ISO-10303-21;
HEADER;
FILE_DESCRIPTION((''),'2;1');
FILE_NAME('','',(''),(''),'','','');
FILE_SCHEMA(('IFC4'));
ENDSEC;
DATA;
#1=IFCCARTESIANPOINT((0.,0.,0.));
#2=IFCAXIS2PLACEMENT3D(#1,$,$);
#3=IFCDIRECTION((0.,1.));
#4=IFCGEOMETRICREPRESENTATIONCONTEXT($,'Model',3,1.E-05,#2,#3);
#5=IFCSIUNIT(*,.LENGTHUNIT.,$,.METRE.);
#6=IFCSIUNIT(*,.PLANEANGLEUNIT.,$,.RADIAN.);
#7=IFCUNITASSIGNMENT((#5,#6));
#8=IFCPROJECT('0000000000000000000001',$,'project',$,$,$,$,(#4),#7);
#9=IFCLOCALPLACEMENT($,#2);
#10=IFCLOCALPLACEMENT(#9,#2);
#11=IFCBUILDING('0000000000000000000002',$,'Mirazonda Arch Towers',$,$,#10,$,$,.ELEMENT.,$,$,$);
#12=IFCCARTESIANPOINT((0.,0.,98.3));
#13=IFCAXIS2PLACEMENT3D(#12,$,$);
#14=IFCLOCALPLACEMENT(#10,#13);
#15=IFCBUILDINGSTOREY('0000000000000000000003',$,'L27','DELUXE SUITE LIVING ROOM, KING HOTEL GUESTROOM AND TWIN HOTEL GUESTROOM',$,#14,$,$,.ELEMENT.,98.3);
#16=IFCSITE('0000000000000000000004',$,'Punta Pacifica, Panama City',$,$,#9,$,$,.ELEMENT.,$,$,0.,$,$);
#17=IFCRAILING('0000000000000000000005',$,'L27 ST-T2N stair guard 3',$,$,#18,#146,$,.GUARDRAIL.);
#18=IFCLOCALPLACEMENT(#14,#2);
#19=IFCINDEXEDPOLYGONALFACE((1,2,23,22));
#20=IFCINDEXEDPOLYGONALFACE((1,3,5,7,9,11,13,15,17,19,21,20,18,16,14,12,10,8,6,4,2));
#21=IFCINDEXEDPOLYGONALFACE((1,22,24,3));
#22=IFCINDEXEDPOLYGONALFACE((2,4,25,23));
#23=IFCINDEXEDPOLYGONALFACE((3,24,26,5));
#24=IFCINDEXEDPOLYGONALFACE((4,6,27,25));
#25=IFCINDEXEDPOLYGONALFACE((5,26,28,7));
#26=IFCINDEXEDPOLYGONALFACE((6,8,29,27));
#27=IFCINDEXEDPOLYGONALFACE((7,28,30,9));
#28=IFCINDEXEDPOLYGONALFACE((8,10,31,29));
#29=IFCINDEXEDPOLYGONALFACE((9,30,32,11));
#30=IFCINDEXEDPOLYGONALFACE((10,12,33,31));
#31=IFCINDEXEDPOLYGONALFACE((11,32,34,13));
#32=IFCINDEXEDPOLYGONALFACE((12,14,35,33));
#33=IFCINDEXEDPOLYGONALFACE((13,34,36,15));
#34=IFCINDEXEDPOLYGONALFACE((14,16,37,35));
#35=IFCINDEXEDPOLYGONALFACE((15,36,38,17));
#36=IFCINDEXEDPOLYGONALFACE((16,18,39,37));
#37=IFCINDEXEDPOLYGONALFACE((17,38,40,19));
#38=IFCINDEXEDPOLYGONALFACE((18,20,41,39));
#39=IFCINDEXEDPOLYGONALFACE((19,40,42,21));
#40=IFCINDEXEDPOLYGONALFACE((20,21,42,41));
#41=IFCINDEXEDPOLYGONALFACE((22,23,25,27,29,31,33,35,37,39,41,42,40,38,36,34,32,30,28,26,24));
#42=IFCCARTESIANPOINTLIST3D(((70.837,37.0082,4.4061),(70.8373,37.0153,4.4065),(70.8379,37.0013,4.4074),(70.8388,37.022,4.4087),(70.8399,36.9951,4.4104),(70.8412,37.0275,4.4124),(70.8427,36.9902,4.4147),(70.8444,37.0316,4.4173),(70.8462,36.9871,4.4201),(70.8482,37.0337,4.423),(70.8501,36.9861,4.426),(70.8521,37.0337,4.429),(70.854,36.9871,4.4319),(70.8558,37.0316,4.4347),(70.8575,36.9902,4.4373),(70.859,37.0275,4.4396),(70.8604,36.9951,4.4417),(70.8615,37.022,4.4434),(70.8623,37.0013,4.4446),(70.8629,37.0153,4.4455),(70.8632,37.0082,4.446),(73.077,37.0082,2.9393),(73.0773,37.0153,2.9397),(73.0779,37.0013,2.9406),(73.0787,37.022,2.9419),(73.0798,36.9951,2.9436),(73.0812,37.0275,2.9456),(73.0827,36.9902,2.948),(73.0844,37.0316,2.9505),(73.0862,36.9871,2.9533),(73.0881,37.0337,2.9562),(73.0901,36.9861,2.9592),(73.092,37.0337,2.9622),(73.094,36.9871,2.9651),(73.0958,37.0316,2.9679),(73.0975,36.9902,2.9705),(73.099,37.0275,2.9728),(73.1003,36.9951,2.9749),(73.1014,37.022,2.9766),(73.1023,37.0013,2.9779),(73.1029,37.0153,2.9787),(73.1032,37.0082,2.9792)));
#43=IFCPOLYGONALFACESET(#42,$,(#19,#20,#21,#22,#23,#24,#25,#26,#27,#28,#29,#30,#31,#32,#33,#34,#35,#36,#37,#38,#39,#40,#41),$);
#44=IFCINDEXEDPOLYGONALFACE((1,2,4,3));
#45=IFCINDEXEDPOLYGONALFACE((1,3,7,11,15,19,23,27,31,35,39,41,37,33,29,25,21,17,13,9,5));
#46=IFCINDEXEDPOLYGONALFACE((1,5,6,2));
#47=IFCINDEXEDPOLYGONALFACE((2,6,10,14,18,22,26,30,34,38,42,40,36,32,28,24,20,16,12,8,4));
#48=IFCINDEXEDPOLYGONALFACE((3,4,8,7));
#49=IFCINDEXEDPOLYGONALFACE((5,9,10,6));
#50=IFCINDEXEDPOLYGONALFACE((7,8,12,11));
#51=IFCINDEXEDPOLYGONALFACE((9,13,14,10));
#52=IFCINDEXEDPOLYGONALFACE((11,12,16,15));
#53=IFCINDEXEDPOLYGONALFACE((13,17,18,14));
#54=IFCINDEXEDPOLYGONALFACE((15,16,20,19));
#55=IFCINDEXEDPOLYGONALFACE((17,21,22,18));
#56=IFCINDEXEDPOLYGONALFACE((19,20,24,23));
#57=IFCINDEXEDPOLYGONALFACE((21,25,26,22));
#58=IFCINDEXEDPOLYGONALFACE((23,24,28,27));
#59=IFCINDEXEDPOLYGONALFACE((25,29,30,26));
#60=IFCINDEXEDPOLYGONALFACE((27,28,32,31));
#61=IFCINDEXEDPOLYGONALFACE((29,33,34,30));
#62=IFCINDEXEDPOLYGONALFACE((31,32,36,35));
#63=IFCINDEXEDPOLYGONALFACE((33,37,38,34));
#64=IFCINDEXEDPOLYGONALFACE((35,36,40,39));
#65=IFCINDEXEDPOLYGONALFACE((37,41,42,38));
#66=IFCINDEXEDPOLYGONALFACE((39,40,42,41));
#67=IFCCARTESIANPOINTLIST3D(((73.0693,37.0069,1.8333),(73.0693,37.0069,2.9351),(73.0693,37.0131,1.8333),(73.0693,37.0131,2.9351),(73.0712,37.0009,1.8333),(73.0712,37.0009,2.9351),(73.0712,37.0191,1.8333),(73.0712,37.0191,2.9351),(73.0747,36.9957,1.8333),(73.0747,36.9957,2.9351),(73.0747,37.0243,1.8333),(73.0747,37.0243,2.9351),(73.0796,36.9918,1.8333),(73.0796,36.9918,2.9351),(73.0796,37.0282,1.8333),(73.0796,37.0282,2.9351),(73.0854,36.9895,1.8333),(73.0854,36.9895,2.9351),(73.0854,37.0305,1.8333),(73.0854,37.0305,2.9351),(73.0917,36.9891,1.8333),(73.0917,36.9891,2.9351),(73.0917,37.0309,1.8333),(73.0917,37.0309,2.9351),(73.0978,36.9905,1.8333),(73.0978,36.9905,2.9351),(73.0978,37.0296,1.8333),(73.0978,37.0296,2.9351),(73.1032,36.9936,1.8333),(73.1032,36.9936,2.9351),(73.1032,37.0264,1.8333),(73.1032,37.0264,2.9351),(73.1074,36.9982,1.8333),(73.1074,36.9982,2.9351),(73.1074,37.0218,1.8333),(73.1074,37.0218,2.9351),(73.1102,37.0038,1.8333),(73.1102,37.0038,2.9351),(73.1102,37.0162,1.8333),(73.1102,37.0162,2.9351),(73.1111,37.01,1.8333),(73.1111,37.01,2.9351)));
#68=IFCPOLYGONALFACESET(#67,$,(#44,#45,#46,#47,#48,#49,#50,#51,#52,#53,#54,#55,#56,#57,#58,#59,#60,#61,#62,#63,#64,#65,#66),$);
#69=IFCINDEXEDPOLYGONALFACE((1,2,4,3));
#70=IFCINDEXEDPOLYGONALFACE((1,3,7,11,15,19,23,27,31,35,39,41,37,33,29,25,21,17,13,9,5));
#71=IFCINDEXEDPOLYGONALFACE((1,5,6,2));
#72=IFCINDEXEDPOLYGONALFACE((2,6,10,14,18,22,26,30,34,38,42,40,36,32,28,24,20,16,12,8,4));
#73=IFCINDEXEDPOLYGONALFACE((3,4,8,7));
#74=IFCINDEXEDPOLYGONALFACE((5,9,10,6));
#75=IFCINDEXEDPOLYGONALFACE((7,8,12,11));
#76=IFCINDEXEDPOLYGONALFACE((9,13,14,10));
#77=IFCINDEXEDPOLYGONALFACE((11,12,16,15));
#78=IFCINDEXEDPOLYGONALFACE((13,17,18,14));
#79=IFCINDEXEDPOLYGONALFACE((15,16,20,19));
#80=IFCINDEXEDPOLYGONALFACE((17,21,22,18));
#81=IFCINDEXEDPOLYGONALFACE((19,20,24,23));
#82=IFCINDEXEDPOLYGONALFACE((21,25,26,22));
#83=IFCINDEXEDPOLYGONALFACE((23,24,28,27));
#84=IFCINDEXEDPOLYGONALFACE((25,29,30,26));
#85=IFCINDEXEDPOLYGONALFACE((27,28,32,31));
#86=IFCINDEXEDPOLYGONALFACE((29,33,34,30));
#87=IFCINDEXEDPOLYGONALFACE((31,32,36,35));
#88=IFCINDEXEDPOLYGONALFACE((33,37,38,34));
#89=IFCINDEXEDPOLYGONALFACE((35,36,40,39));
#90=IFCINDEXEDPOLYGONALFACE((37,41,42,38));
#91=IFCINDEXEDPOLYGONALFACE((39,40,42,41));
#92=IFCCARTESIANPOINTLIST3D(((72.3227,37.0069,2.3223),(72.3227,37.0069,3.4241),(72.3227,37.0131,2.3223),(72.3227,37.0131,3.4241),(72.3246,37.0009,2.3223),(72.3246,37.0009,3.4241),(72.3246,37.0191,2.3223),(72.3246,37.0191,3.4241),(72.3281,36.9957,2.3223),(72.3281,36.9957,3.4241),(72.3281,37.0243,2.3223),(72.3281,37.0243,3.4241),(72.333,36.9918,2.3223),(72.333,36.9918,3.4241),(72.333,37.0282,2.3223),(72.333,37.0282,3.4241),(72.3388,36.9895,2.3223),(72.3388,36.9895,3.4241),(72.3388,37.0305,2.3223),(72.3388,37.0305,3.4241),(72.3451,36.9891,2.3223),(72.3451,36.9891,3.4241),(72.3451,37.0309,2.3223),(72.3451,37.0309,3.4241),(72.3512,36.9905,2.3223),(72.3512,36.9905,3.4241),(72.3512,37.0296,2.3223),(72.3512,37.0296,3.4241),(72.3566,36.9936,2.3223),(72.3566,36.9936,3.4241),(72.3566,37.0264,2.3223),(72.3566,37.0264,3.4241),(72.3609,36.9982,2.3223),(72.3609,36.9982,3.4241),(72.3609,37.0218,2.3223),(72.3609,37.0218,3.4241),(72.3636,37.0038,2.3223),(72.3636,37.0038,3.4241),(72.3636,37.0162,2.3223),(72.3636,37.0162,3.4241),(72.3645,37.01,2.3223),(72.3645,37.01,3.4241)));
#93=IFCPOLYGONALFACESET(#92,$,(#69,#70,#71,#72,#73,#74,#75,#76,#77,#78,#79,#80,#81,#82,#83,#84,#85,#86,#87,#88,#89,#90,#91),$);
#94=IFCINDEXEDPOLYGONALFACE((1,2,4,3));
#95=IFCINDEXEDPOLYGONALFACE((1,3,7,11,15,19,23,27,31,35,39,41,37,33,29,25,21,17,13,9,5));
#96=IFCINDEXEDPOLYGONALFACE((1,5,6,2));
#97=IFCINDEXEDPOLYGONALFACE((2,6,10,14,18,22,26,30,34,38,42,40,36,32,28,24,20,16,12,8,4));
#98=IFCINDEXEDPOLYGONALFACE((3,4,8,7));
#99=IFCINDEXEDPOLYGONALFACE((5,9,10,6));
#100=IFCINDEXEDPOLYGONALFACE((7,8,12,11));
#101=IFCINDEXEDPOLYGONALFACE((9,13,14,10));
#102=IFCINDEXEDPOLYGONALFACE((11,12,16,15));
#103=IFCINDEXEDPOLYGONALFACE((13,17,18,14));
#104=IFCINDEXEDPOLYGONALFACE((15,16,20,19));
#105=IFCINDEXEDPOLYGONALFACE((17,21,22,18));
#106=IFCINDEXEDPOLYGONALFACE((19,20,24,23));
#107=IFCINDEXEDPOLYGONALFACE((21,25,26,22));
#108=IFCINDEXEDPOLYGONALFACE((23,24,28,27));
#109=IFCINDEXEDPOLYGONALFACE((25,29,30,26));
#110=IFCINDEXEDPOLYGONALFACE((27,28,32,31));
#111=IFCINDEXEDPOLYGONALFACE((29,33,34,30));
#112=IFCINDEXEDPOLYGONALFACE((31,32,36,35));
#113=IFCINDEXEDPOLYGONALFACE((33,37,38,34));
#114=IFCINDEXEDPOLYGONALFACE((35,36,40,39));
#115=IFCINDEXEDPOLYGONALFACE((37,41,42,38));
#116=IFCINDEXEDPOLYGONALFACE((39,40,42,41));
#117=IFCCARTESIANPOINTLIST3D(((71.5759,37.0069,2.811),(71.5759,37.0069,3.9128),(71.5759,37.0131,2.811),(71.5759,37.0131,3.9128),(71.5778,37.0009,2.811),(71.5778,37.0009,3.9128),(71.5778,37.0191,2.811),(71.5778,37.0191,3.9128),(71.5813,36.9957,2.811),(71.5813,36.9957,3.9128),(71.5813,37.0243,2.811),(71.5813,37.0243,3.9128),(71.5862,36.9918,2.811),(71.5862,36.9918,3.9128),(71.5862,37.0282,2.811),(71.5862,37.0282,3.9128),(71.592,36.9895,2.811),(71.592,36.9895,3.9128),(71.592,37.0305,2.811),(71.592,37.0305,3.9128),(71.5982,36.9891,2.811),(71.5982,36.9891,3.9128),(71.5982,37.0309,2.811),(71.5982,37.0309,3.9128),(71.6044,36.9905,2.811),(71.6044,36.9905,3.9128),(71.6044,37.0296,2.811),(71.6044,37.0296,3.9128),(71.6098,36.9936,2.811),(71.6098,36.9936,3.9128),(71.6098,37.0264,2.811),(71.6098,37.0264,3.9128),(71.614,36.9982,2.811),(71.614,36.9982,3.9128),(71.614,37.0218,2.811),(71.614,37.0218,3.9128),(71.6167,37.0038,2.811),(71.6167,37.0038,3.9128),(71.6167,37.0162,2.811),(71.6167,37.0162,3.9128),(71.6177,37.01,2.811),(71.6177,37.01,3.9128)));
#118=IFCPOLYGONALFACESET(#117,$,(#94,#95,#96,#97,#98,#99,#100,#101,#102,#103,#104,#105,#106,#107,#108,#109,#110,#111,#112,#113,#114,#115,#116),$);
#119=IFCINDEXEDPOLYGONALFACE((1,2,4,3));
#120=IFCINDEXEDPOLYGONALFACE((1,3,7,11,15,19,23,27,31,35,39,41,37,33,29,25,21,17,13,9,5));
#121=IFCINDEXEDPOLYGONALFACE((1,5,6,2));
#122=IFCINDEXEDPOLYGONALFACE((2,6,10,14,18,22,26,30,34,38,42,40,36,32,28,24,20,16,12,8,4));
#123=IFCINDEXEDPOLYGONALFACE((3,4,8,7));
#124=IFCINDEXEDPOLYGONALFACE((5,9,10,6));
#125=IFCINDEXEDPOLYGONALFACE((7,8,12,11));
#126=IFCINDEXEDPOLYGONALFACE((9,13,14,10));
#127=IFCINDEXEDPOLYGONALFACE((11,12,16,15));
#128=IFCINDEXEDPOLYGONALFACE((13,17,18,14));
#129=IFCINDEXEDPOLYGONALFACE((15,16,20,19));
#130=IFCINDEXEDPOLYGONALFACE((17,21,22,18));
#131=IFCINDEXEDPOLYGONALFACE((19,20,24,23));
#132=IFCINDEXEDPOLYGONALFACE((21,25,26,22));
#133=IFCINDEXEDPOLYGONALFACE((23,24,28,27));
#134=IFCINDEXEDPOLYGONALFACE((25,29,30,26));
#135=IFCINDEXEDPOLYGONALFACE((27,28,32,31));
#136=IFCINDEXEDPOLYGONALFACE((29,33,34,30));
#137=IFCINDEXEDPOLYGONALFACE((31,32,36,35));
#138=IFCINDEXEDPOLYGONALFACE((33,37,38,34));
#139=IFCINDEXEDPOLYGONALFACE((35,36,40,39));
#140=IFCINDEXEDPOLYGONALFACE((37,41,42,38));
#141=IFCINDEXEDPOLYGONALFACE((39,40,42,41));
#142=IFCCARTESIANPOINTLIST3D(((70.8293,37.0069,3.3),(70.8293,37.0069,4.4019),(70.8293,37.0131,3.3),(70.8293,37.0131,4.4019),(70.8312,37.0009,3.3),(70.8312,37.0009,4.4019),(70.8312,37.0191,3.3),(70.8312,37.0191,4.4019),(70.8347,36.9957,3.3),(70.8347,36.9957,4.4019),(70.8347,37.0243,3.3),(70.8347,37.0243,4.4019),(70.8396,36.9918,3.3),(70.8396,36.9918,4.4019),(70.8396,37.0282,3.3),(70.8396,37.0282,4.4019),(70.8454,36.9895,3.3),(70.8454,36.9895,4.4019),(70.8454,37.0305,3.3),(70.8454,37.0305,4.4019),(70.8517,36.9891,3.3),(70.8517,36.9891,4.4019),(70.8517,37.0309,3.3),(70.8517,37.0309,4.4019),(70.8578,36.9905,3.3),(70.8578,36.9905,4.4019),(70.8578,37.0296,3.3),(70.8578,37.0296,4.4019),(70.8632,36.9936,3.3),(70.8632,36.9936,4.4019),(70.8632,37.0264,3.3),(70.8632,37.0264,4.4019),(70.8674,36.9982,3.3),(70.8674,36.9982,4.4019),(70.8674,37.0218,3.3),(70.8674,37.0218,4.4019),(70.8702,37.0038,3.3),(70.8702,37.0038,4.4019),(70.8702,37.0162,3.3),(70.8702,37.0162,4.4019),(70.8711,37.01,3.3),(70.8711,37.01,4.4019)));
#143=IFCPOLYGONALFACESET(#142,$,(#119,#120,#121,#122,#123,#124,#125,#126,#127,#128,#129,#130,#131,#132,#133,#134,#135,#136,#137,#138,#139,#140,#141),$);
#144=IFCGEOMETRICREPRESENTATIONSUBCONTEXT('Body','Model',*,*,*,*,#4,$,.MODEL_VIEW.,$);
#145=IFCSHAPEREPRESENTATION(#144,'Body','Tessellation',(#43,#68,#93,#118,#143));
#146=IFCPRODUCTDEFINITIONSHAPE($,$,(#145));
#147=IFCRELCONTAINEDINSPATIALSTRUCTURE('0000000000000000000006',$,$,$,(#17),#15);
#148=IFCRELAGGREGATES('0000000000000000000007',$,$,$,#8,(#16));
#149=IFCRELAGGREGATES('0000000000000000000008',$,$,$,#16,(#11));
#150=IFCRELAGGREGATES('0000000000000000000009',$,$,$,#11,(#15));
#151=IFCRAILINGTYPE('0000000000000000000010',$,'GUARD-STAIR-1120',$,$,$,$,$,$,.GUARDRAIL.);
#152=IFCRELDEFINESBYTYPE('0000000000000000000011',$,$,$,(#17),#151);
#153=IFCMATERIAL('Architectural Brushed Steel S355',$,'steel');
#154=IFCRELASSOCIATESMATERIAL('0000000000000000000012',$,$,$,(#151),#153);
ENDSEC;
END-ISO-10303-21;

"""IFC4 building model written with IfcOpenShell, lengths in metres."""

from ifc_helpers import new_model, si_unit, direction, frame, origin, origin_2d, place, context, subcontext, project, spatial, circle, extrude, material, type_object, element, save


model = new_model("IFC4")

# Units and contexts
model_context = context("Model", 3, precision=1e-05, world=origin(), true_north=direction((0.0, 1.0)))
body_context = subcontext(model_context, "Body", "Model", "MODEL_VIEW")
ifc_project = project(units=[si_unit("LENGTHUNIT", "METRE"), si_unit("PLANEANGLEUNIT", "RADIAN")], contexts=[model_context])

# Site, building, storey
site_placement = place(None, origin())
site = spatial("IfcSite", under=ifc_project, at=site_placement, Name="Punta Pacifica, Panama City", CompositionType="ELEMENT", RefElevation=0.0)
building_placement = place(site_placement, origin())
building = spatial("IfcBuilding", under=site, at=building_placement, Name="Mirazonda Arch Towers", CompositionType="ELEMENT")
storey_placement = place(building_placement, frame((0.0, 0.0, 98.3)))
storey = spatial("IfcBuildingStorey", under=building, at=storey_placement, Name="L27", Description="DELUXE SUITE LIVING ROOM, KING HOTEL GUESTROOM AND TWIN HOTEL GUESTROOM", CompositionType="ELEMENT", Elevation=98.3)

# Shared definitions
ifc_material_1 = material(Name="Architectural Brushed Steel S355", Category="steel")

# Railing
railing_type_1 = type_object("IfcRailingType", Name="GUARD-STAIR-1120", PredefinedType="GUARDRAIL", material=ifc_material_1)
railing_1_placement = place(storey_placement, frame((73.0901, 37.01, 1.8333)))
element("IfcRailing", 1, at=railing_1_placement, inside=storey, type_object=railing_type_1, Name="L27 ST-T2N stair guard 3", PredefinedType="GUARDRAIL", context=body_context, shape_type="SweptSolid", body=[
    extrude(circle(Radius=0.0239, at=origin_2d()), frame((0.0, 0.0, 1.126), z_axis=(-0.836595, 0.0, 0.547822), x_axis=(0.0, -1.0, 0.0)), (0.0, 0.0, 1.0), 2.6775),
    extrude(circle(Radius=0.021, at=origin_2d()), origin(), (0.0, 0.0, 1.0), 1.1018),
    extrude(circle(Radius=0.021, at=origin_2d()), frame((-0.7466, 0.0, 0.489)), (0.0, 0.0, 1.0), 1.1018),
    extrude(circle(Radius=0.021, at=origin_2d()), frame((-1.4934, 0.0, 0.9778)), (0.0, 0.0, 1.0), 1.1018),
    extrude(circle(Radius=0.021, at=origin_2d()), frame((-2.24, 0.0, 1.4668)), (0.0, 0.0, 1.0), 1.1018),
])

save(model, "model.ifc")
